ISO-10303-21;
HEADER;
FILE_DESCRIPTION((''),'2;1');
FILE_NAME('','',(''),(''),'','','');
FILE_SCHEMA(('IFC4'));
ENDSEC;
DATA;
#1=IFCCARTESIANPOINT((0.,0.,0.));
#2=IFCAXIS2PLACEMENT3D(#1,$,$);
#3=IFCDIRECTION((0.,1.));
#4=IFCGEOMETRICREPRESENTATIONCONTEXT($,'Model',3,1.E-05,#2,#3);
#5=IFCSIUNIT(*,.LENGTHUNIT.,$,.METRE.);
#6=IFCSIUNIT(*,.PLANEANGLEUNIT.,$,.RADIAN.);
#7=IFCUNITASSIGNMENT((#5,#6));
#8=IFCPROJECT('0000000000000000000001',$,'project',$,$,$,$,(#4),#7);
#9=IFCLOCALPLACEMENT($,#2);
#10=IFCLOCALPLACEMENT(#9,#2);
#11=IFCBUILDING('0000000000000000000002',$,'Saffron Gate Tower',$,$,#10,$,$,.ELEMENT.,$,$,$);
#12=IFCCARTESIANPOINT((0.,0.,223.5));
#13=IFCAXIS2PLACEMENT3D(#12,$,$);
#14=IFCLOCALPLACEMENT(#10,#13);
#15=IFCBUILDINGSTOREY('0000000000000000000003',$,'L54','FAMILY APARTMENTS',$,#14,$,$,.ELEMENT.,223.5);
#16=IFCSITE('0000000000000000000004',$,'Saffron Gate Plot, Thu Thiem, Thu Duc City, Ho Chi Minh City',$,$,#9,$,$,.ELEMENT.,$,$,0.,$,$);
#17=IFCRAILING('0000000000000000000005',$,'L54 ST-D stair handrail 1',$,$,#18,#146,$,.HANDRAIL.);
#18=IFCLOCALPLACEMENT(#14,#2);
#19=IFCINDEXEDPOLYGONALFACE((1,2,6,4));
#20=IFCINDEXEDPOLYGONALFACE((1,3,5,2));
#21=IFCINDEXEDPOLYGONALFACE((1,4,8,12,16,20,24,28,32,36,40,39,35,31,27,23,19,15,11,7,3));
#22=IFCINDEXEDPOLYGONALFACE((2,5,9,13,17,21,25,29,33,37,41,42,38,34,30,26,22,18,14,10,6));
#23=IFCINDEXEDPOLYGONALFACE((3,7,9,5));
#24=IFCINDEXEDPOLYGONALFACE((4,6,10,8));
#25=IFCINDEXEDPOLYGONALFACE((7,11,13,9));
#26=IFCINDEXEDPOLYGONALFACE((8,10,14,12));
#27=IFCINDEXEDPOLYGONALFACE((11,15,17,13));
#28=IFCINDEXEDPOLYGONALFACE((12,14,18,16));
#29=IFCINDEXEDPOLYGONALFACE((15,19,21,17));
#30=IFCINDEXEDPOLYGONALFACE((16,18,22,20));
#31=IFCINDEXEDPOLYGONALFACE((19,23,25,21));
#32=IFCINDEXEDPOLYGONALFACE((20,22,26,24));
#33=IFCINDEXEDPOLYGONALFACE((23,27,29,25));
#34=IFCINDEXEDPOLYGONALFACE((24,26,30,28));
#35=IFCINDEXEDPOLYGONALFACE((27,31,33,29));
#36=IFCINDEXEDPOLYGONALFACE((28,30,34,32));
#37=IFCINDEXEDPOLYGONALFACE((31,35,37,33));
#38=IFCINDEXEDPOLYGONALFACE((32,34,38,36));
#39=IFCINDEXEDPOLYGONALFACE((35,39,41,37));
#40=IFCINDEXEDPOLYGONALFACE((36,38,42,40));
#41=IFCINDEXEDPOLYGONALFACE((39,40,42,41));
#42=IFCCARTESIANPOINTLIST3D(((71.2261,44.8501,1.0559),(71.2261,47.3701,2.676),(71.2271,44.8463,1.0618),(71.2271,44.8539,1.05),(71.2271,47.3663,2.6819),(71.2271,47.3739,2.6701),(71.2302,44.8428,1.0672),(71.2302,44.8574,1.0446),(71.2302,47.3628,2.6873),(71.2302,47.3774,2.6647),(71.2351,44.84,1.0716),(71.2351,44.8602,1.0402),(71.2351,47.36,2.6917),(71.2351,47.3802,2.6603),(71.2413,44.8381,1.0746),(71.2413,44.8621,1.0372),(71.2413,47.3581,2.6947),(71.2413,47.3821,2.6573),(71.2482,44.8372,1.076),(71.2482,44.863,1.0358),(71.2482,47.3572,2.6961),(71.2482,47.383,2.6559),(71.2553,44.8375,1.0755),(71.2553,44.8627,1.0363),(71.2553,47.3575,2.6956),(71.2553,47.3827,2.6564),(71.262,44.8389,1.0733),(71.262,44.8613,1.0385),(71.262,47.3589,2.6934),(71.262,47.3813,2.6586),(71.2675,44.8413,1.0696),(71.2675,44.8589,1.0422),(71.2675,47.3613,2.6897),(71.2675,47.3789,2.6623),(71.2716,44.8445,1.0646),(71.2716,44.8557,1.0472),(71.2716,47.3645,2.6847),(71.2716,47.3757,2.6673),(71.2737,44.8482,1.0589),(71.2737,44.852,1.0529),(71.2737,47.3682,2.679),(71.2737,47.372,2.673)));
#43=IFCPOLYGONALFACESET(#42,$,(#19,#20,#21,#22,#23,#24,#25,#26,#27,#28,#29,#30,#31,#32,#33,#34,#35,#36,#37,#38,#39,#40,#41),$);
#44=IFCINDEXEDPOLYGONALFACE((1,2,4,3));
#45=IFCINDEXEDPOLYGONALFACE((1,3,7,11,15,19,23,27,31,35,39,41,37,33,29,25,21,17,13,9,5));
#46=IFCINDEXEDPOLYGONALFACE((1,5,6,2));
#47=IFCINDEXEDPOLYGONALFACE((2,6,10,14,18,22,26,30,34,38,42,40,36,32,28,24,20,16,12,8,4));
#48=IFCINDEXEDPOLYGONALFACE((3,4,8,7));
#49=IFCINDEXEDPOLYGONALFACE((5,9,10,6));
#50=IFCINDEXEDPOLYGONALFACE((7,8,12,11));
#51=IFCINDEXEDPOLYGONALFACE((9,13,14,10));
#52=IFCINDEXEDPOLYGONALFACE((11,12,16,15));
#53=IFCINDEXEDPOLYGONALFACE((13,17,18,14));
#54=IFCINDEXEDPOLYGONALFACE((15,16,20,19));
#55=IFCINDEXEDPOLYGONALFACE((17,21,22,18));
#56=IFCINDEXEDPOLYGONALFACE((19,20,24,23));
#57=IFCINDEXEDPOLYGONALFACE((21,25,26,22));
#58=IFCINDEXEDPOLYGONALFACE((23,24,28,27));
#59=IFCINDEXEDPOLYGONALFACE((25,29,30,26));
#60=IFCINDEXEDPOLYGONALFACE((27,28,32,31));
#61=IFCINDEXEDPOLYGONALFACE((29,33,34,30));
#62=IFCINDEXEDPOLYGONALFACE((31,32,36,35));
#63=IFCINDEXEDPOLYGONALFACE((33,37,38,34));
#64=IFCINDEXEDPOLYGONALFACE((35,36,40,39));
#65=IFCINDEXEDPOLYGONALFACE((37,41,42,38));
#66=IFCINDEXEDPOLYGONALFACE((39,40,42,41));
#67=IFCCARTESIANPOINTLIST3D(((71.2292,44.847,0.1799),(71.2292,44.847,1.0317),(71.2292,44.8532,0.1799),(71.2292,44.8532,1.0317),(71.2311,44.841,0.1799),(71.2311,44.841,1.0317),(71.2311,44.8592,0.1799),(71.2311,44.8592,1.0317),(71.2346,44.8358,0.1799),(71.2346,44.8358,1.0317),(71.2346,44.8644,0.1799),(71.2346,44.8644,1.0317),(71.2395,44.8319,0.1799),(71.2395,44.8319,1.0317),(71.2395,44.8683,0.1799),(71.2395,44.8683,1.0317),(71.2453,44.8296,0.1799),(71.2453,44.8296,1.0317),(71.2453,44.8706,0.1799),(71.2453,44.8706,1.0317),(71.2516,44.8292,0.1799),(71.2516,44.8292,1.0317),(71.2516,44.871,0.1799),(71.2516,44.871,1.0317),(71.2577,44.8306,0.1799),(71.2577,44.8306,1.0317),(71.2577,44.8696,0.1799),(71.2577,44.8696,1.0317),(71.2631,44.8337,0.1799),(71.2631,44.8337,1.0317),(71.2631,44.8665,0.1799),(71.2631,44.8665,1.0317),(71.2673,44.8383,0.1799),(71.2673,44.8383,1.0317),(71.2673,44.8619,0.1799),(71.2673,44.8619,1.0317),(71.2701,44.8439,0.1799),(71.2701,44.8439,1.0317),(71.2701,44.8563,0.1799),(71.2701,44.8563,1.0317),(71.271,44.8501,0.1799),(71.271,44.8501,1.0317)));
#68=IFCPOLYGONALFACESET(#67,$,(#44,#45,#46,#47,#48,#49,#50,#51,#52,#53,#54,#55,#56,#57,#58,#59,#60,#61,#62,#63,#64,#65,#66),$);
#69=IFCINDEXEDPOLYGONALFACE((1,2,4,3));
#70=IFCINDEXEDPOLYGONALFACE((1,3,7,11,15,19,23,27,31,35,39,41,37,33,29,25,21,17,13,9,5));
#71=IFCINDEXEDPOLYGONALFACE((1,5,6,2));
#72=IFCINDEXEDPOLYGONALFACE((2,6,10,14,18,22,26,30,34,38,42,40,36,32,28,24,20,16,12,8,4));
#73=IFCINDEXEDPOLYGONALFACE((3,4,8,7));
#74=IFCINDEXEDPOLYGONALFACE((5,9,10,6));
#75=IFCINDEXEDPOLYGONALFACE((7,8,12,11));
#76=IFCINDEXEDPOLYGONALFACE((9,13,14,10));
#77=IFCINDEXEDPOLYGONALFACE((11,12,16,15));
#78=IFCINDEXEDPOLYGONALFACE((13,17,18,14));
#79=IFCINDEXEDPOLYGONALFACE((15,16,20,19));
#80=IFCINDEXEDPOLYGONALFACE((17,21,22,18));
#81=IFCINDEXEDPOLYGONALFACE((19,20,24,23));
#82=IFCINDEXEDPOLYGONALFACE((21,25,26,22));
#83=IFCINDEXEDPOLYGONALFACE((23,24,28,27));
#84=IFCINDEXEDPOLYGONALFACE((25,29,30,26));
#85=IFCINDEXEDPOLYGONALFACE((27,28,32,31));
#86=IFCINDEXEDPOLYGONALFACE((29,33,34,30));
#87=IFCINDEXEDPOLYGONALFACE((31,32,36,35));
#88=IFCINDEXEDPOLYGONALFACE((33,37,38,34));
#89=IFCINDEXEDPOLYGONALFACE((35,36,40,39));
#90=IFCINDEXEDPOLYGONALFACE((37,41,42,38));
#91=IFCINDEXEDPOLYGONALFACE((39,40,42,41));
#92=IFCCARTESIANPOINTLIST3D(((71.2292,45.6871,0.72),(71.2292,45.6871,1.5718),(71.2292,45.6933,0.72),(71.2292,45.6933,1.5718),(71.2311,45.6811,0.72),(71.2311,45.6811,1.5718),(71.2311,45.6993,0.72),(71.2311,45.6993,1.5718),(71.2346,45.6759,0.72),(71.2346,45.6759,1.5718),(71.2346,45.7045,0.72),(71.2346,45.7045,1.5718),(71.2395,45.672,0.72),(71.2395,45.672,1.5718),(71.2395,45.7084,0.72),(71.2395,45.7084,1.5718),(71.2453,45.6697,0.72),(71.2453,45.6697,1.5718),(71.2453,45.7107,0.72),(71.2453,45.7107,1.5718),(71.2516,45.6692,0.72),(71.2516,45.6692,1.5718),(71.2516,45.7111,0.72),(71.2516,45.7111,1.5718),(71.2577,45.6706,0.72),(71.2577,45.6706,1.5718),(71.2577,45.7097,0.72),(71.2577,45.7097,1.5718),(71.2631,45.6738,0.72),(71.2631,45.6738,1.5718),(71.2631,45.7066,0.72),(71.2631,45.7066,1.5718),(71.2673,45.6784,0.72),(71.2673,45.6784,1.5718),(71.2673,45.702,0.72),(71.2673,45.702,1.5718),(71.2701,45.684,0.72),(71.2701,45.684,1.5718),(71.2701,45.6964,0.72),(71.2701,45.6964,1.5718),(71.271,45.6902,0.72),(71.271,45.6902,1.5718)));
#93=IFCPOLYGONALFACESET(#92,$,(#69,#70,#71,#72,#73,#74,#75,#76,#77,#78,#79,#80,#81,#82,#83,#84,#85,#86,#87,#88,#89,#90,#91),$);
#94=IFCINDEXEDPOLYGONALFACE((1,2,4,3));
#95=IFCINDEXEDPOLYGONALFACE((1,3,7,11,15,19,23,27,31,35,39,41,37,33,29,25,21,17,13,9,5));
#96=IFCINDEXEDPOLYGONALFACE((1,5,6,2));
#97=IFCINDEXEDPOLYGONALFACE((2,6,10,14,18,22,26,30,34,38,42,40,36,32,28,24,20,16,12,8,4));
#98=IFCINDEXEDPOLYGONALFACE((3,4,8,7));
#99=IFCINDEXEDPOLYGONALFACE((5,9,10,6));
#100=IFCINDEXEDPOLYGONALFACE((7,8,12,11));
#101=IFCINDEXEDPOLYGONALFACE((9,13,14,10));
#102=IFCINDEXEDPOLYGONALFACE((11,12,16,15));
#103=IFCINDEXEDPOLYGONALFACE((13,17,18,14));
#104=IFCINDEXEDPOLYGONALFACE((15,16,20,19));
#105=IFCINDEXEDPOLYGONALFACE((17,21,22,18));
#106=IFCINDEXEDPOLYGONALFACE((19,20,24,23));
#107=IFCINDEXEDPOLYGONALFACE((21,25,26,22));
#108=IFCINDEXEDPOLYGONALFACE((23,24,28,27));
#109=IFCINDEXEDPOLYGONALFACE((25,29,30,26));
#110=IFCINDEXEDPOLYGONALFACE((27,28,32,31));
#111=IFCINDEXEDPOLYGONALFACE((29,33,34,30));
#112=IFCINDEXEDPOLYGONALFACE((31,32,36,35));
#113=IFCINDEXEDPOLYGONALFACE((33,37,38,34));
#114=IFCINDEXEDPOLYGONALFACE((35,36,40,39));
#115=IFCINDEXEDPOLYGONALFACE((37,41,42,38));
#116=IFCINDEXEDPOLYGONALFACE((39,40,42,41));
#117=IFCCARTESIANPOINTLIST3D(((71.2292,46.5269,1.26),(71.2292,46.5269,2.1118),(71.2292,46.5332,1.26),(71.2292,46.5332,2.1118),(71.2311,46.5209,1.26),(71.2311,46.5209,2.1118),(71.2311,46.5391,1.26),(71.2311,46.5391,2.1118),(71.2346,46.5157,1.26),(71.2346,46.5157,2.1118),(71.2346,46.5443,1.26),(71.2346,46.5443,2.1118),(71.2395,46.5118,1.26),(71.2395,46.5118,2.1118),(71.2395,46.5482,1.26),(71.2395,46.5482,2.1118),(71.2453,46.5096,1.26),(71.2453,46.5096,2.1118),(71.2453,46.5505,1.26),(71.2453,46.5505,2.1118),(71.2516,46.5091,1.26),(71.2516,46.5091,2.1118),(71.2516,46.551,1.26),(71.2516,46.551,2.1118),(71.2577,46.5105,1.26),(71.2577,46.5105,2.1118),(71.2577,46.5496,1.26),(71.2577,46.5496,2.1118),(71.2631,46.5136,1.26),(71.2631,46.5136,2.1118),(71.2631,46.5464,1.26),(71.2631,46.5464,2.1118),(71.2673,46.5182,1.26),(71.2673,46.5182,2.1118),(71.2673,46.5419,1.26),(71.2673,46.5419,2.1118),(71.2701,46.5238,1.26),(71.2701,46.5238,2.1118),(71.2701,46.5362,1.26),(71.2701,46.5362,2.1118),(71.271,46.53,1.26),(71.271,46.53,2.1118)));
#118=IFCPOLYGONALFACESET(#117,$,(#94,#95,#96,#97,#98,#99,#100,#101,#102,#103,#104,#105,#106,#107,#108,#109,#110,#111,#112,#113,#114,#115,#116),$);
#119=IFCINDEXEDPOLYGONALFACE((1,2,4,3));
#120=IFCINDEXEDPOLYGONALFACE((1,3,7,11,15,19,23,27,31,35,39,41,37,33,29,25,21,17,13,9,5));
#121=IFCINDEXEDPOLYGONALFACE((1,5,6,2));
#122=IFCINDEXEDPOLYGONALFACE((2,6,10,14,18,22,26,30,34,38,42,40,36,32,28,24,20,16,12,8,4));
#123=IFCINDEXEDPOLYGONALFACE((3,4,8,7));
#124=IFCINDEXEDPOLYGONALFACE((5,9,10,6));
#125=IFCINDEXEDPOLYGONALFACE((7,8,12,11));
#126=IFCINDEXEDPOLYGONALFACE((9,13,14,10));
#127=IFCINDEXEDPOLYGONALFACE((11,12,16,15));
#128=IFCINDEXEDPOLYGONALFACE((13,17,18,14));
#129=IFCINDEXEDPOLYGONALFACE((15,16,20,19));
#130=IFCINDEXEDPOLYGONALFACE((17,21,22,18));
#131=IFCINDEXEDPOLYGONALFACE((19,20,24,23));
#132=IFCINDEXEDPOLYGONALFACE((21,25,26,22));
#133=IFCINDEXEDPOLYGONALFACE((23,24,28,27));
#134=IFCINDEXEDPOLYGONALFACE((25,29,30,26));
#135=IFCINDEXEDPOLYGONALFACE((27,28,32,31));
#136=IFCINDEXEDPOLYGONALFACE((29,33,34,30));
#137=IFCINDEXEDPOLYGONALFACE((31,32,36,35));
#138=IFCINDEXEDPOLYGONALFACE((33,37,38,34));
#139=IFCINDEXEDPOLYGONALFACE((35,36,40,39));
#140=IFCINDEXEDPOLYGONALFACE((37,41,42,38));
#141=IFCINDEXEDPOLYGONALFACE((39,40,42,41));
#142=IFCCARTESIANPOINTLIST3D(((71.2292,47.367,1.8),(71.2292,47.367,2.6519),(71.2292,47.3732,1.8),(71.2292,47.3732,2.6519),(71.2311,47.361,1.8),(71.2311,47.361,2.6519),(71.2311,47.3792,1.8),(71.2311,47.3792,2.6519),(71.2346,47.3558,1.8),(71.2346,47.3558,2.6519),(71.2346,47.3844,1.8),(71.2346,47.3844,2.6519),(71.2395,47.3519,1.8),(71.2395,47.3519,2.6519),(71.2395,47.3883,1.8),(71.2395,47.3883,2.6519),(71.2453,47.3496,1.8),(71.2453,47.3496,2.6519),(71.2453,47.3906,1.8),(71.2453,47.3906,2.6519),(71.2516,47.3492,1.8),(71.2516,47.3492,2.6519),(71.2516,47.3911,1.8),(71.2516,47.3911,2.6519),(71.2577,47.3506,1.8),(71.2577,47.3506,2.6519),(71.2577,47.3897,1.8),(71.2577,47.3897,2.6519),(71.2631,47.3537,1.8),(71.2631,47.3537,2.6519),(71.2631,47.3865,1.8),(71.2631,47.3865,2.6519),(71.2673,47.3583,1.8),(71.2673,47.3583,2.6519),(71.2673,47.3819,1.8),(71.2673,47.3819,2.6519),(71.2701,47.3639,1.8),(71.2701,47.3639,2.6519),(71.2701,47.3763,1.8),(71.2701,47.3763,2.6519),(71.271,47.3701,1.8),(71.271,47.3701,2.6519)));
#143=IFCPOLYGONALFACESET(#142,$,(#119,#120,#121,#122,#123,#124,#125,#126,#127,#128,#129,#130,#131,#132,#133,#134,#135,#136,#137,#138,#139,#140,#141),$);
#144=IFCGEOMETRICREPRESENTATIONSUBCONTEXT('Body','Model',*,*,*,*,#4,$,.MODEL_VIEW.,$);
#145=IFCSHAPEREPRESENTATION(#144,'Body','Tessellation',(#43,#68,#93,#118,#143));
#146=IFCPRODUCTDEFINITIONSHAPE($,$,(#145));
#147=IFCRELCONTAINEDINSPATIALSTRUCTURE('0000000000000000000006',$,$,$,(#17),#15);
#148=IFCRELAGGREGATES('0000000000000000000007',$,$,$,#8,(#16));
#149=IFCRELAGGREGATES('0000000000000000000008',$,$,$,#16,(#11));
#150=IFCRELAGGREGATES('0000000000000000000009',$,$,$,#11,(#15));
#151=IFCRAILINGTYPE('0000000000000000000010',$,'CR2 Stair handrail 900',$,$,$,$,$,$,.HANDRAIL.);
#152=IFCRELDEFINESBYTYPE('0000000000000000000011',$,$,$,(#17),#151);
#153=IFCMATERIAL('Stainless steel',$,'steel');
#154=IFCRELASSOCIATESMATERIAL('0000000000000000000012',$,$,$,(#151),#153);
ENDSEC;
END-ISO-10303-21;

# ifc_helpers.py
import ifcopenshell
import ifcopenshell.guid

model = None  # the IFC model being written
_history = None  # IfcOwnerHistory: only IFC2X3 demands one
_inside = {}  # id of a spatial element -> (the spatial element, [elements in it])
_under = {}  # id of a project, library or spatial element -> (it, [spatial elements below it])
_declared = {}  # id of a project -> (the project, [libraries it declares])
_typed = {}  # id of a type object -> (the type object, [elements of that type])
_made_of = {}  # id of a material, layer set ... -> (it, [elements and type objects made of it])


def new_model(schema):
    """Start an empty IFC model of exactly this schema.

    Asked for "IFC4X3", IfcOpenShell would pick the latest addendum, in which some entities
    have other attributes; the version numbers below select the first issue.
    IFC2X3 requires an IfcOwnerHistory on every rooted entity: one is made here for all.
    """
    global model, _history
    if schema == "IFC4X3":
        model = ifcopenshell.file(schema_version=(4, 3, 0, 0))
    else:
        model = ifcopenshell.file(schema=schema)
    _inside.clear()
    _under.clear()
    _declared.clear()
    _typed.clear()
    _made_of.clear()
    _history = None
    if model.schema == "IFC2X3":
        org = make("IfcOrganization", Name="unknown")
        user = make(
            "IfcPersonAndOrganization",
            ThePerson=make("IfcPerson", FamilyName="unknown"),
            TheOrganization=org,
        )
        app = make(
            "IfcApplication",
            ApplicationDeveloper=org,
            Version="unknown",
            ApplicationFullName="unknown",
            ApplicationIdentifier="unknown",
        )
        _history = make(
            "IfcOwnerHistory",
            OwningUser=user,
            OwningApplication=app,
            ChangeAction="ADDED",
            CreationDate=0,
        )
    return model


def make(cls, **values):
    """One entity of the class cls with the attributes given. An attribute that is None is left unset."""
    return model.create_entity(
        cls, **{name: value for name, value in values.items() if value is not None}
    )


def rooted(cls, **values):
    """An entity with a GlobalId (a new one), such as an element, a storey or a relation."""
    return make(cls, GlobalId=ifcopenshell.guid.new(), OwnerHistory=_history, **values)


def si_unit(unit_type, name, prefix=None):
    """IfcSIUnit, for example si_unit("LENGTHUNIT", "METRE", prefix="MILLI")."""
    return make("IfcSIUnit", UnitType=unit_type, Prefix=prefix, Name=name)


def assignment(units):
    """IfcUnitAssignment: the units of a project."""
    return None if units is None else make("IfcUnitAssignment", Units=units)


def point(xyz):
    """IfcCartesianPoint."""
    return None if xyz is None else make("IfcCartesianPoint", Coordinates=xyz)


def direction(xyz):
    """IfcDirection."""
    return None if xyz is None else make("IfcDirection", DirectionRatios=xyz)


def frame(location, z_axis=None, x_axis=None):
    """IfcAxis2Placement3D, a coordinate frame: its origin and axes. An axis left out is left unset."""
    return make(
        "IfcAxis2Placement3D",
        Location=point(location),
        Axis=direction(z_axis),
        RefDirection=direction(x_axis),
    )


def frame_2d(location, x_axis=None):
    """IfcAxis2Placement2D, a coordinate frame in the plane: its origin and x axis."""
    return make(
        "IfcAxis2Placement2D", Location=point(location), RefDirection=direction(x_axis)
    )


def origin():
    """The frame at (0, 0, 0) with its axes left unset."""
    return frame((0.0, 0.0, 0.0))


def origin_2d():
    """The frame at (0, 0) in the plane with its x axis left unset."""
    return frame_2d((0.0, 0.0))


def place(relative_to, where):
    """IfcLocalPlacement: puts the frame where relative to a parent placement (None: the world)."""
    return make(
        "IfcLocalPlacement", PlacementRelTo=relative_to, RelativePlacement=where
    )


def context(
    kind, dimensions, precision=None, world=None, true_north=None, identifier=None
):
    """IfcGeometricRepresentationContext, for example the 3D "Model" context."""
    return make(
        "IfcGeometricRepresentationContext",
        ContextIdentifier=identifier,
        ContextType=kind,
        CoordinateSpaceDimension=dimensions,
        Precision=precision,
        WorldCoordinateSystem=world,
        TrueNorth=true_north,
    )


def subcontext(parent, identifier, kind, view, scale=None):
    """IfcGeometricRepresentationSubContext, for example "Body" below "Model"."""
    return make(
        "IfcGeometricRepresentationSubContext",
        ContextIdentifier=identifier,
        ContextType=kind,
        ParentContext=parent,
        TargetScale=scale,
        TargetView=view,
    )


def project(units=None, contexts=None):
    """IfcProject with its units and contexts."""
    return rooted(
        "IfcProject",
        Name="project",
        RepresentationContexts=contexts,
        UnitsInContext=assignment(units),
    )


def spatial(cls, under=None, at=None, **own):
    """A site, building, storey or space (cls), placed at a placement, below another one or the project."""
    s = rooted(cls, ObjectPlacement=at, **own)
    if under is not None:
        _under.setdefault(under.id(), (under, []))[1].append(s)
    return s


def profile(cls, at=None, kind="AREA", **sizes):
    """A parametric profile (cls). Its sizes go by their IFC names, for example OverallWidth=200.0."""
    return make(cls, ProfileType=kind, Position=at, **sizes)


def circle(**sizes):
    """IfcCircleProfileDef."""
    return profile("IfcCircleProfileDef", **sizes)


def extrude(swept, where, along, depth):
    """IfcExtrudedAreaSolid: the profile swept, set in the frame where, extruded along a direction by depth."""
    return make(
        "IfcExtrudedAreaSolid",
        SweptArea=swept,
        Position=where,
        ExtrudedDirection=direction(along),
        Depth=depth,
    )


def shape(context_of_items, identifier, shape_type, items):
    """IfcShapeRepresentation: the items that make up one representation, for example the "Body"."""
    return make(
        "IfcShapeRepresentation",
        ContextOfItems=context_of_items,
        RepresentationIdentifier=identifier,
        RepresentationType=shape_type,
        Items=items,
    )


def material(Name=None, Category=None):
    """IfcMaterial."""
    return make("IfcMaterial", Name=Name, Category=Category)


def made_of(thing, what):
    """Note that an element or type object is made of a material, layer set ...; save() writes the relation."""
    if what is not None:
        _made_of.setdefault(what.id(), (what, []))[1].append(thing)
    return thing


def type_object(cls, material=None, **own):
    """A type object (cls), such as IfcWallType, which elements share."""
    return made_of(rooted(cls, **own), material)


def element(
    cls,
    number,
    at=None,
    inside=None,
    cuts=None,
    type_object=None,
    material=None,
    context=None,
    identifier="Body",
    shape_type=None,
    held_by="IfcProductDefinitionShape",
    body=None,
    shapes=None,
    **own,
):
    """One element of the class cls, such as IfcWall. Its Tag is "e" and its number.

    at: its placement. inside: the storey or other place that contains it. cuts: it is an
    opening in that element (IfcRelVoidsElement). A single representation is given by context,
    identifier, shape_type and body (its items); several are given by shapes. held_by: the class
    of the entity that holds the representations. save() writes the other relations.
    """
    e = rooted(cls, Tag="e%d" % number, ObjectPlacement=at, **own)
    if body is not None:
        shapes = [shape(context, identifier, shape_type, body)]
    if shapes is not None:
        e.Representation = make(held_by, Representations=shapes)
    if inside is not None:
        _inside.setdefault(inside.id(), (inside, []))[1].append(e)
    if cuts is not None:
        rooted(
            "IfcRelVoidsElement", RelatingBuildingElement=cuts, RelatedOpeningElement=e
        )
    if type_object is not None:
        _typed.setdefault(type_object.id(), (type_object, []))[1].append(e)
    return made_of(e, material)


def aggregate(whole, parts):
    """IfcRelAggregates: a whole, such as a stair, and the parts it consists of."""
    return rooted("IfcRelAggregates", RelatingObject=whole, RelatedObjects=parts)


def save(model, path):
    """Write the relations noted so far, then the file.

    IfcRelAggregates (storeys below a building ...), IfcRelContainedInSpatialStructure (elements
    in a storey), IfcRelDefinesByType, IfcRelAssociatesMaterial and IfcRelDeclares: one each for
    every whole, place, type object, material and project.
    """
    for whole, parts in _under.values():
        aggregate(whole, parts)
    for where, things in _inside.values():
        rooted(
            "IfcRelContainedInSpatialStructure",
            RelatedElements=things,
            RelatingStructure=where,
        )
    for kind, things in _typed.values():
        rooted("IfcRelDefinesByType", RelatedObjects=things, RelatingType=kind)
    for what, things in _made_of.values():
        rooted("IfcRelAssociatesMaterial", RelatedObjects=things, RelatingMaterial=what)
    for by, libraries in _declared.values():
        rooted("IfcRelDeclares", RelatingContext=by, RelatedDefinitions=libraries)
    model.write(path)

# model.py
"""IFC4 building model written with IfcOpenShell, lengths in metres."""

from ifc_helpers import new_model, si_unit, direction, frame, origin, origin_2d, place, context, subcontext, project, spatial, circle, extrude, material, type_object, element, save


model = new_model("IFC4")

# Units and contexts
model_context = context("Model", 3, precision=1e-05, world=origin(), true_north=direction((0.0, 1.0)))
body_context = subcontext(model_context, "Body", "Model", "MODEL_VIEW")
ifc_project = project(units=[si_unit("LENGTHUNIT", "METRE"), si_unit("PLANEANGLEUNIT", "RADIAN")], contexts=[model_context])

# Site, building, storey
site_placement = place(None, origin())
site = spatial("IfcSite", under=ifc_project, at=site_placement, Name="Saffron Gate Plot, Thu Thiem, Thu Duc City, Ho Chi Minh City", CompositionType="ELEMENT", RefElevation=0.0)
building_placement = place(site_placement, origin())
building = spatial("IfcBuilding", under=site, at=building_placement, Name="Saffron Gate Tower", CompositionType="ELEMENT")
storey_placement = place(building_placement, frame((0.0, 0.0, 223.5)))
storey = spatial("IfcBuildingStorey", under=building, at=storey_placement, Name="L54", Description="FAMILY APARTMENTS", CompositionType="ELEMENT", Elevation=223.5)

# Railing
ifc_material_1 = material(Name="Stainless steel", Category="steel")
railing_type_1 = type_object("IfcRailingType", Name="CR2 Stair handrail 900", PredefinedType="HANDRAIL", material=ifc_material_1)
railing_1_placement = place(storey_placement, frame((71.25, 44.8501, 0.1799)))
element("IfcRailing", 1, at=railing_1_placement, inside=storey, type_object=railing_type_1, Name="L54 ST-D stair handrail 1", PredefinedType="HANDRAIL", context=body_context, shape_type="SweptSolid", body=[
    extrude(circle(Radius=0.0239, at=origin_2d()), frame((0.0, 0.0, 0.876), z_axis=(0.0, 0.841163, 0.540782), x_axis=(-1.0, 0.0, 0.0)), (0.0, 0.0, 1.0), 2.9958),
    extrude(circle(Radius=0.021, at=origin_2d()), origin(), (0.0, 0.0, 1.0), 0.8518),
    extrude(circle(Radius=0.021, at=origin_2d()), frame((0.0, 0.8401, 0.54)), (0.0, 0.0, 1.0), 0.8518),
    extrude(circle(Radius=0.021, at=origin_2d()), frame((0.0, 1.6799, 1.0801)), (0.0, 0.0, 1.0), 0.8518),
    extrude(circle(Radius=0.021, at=origin_2d()), frame((0.0, 2.52, 1.6201)), (0.0, 0.0, 1.0), 0.8518),
])

save(model, "model.ifc")
